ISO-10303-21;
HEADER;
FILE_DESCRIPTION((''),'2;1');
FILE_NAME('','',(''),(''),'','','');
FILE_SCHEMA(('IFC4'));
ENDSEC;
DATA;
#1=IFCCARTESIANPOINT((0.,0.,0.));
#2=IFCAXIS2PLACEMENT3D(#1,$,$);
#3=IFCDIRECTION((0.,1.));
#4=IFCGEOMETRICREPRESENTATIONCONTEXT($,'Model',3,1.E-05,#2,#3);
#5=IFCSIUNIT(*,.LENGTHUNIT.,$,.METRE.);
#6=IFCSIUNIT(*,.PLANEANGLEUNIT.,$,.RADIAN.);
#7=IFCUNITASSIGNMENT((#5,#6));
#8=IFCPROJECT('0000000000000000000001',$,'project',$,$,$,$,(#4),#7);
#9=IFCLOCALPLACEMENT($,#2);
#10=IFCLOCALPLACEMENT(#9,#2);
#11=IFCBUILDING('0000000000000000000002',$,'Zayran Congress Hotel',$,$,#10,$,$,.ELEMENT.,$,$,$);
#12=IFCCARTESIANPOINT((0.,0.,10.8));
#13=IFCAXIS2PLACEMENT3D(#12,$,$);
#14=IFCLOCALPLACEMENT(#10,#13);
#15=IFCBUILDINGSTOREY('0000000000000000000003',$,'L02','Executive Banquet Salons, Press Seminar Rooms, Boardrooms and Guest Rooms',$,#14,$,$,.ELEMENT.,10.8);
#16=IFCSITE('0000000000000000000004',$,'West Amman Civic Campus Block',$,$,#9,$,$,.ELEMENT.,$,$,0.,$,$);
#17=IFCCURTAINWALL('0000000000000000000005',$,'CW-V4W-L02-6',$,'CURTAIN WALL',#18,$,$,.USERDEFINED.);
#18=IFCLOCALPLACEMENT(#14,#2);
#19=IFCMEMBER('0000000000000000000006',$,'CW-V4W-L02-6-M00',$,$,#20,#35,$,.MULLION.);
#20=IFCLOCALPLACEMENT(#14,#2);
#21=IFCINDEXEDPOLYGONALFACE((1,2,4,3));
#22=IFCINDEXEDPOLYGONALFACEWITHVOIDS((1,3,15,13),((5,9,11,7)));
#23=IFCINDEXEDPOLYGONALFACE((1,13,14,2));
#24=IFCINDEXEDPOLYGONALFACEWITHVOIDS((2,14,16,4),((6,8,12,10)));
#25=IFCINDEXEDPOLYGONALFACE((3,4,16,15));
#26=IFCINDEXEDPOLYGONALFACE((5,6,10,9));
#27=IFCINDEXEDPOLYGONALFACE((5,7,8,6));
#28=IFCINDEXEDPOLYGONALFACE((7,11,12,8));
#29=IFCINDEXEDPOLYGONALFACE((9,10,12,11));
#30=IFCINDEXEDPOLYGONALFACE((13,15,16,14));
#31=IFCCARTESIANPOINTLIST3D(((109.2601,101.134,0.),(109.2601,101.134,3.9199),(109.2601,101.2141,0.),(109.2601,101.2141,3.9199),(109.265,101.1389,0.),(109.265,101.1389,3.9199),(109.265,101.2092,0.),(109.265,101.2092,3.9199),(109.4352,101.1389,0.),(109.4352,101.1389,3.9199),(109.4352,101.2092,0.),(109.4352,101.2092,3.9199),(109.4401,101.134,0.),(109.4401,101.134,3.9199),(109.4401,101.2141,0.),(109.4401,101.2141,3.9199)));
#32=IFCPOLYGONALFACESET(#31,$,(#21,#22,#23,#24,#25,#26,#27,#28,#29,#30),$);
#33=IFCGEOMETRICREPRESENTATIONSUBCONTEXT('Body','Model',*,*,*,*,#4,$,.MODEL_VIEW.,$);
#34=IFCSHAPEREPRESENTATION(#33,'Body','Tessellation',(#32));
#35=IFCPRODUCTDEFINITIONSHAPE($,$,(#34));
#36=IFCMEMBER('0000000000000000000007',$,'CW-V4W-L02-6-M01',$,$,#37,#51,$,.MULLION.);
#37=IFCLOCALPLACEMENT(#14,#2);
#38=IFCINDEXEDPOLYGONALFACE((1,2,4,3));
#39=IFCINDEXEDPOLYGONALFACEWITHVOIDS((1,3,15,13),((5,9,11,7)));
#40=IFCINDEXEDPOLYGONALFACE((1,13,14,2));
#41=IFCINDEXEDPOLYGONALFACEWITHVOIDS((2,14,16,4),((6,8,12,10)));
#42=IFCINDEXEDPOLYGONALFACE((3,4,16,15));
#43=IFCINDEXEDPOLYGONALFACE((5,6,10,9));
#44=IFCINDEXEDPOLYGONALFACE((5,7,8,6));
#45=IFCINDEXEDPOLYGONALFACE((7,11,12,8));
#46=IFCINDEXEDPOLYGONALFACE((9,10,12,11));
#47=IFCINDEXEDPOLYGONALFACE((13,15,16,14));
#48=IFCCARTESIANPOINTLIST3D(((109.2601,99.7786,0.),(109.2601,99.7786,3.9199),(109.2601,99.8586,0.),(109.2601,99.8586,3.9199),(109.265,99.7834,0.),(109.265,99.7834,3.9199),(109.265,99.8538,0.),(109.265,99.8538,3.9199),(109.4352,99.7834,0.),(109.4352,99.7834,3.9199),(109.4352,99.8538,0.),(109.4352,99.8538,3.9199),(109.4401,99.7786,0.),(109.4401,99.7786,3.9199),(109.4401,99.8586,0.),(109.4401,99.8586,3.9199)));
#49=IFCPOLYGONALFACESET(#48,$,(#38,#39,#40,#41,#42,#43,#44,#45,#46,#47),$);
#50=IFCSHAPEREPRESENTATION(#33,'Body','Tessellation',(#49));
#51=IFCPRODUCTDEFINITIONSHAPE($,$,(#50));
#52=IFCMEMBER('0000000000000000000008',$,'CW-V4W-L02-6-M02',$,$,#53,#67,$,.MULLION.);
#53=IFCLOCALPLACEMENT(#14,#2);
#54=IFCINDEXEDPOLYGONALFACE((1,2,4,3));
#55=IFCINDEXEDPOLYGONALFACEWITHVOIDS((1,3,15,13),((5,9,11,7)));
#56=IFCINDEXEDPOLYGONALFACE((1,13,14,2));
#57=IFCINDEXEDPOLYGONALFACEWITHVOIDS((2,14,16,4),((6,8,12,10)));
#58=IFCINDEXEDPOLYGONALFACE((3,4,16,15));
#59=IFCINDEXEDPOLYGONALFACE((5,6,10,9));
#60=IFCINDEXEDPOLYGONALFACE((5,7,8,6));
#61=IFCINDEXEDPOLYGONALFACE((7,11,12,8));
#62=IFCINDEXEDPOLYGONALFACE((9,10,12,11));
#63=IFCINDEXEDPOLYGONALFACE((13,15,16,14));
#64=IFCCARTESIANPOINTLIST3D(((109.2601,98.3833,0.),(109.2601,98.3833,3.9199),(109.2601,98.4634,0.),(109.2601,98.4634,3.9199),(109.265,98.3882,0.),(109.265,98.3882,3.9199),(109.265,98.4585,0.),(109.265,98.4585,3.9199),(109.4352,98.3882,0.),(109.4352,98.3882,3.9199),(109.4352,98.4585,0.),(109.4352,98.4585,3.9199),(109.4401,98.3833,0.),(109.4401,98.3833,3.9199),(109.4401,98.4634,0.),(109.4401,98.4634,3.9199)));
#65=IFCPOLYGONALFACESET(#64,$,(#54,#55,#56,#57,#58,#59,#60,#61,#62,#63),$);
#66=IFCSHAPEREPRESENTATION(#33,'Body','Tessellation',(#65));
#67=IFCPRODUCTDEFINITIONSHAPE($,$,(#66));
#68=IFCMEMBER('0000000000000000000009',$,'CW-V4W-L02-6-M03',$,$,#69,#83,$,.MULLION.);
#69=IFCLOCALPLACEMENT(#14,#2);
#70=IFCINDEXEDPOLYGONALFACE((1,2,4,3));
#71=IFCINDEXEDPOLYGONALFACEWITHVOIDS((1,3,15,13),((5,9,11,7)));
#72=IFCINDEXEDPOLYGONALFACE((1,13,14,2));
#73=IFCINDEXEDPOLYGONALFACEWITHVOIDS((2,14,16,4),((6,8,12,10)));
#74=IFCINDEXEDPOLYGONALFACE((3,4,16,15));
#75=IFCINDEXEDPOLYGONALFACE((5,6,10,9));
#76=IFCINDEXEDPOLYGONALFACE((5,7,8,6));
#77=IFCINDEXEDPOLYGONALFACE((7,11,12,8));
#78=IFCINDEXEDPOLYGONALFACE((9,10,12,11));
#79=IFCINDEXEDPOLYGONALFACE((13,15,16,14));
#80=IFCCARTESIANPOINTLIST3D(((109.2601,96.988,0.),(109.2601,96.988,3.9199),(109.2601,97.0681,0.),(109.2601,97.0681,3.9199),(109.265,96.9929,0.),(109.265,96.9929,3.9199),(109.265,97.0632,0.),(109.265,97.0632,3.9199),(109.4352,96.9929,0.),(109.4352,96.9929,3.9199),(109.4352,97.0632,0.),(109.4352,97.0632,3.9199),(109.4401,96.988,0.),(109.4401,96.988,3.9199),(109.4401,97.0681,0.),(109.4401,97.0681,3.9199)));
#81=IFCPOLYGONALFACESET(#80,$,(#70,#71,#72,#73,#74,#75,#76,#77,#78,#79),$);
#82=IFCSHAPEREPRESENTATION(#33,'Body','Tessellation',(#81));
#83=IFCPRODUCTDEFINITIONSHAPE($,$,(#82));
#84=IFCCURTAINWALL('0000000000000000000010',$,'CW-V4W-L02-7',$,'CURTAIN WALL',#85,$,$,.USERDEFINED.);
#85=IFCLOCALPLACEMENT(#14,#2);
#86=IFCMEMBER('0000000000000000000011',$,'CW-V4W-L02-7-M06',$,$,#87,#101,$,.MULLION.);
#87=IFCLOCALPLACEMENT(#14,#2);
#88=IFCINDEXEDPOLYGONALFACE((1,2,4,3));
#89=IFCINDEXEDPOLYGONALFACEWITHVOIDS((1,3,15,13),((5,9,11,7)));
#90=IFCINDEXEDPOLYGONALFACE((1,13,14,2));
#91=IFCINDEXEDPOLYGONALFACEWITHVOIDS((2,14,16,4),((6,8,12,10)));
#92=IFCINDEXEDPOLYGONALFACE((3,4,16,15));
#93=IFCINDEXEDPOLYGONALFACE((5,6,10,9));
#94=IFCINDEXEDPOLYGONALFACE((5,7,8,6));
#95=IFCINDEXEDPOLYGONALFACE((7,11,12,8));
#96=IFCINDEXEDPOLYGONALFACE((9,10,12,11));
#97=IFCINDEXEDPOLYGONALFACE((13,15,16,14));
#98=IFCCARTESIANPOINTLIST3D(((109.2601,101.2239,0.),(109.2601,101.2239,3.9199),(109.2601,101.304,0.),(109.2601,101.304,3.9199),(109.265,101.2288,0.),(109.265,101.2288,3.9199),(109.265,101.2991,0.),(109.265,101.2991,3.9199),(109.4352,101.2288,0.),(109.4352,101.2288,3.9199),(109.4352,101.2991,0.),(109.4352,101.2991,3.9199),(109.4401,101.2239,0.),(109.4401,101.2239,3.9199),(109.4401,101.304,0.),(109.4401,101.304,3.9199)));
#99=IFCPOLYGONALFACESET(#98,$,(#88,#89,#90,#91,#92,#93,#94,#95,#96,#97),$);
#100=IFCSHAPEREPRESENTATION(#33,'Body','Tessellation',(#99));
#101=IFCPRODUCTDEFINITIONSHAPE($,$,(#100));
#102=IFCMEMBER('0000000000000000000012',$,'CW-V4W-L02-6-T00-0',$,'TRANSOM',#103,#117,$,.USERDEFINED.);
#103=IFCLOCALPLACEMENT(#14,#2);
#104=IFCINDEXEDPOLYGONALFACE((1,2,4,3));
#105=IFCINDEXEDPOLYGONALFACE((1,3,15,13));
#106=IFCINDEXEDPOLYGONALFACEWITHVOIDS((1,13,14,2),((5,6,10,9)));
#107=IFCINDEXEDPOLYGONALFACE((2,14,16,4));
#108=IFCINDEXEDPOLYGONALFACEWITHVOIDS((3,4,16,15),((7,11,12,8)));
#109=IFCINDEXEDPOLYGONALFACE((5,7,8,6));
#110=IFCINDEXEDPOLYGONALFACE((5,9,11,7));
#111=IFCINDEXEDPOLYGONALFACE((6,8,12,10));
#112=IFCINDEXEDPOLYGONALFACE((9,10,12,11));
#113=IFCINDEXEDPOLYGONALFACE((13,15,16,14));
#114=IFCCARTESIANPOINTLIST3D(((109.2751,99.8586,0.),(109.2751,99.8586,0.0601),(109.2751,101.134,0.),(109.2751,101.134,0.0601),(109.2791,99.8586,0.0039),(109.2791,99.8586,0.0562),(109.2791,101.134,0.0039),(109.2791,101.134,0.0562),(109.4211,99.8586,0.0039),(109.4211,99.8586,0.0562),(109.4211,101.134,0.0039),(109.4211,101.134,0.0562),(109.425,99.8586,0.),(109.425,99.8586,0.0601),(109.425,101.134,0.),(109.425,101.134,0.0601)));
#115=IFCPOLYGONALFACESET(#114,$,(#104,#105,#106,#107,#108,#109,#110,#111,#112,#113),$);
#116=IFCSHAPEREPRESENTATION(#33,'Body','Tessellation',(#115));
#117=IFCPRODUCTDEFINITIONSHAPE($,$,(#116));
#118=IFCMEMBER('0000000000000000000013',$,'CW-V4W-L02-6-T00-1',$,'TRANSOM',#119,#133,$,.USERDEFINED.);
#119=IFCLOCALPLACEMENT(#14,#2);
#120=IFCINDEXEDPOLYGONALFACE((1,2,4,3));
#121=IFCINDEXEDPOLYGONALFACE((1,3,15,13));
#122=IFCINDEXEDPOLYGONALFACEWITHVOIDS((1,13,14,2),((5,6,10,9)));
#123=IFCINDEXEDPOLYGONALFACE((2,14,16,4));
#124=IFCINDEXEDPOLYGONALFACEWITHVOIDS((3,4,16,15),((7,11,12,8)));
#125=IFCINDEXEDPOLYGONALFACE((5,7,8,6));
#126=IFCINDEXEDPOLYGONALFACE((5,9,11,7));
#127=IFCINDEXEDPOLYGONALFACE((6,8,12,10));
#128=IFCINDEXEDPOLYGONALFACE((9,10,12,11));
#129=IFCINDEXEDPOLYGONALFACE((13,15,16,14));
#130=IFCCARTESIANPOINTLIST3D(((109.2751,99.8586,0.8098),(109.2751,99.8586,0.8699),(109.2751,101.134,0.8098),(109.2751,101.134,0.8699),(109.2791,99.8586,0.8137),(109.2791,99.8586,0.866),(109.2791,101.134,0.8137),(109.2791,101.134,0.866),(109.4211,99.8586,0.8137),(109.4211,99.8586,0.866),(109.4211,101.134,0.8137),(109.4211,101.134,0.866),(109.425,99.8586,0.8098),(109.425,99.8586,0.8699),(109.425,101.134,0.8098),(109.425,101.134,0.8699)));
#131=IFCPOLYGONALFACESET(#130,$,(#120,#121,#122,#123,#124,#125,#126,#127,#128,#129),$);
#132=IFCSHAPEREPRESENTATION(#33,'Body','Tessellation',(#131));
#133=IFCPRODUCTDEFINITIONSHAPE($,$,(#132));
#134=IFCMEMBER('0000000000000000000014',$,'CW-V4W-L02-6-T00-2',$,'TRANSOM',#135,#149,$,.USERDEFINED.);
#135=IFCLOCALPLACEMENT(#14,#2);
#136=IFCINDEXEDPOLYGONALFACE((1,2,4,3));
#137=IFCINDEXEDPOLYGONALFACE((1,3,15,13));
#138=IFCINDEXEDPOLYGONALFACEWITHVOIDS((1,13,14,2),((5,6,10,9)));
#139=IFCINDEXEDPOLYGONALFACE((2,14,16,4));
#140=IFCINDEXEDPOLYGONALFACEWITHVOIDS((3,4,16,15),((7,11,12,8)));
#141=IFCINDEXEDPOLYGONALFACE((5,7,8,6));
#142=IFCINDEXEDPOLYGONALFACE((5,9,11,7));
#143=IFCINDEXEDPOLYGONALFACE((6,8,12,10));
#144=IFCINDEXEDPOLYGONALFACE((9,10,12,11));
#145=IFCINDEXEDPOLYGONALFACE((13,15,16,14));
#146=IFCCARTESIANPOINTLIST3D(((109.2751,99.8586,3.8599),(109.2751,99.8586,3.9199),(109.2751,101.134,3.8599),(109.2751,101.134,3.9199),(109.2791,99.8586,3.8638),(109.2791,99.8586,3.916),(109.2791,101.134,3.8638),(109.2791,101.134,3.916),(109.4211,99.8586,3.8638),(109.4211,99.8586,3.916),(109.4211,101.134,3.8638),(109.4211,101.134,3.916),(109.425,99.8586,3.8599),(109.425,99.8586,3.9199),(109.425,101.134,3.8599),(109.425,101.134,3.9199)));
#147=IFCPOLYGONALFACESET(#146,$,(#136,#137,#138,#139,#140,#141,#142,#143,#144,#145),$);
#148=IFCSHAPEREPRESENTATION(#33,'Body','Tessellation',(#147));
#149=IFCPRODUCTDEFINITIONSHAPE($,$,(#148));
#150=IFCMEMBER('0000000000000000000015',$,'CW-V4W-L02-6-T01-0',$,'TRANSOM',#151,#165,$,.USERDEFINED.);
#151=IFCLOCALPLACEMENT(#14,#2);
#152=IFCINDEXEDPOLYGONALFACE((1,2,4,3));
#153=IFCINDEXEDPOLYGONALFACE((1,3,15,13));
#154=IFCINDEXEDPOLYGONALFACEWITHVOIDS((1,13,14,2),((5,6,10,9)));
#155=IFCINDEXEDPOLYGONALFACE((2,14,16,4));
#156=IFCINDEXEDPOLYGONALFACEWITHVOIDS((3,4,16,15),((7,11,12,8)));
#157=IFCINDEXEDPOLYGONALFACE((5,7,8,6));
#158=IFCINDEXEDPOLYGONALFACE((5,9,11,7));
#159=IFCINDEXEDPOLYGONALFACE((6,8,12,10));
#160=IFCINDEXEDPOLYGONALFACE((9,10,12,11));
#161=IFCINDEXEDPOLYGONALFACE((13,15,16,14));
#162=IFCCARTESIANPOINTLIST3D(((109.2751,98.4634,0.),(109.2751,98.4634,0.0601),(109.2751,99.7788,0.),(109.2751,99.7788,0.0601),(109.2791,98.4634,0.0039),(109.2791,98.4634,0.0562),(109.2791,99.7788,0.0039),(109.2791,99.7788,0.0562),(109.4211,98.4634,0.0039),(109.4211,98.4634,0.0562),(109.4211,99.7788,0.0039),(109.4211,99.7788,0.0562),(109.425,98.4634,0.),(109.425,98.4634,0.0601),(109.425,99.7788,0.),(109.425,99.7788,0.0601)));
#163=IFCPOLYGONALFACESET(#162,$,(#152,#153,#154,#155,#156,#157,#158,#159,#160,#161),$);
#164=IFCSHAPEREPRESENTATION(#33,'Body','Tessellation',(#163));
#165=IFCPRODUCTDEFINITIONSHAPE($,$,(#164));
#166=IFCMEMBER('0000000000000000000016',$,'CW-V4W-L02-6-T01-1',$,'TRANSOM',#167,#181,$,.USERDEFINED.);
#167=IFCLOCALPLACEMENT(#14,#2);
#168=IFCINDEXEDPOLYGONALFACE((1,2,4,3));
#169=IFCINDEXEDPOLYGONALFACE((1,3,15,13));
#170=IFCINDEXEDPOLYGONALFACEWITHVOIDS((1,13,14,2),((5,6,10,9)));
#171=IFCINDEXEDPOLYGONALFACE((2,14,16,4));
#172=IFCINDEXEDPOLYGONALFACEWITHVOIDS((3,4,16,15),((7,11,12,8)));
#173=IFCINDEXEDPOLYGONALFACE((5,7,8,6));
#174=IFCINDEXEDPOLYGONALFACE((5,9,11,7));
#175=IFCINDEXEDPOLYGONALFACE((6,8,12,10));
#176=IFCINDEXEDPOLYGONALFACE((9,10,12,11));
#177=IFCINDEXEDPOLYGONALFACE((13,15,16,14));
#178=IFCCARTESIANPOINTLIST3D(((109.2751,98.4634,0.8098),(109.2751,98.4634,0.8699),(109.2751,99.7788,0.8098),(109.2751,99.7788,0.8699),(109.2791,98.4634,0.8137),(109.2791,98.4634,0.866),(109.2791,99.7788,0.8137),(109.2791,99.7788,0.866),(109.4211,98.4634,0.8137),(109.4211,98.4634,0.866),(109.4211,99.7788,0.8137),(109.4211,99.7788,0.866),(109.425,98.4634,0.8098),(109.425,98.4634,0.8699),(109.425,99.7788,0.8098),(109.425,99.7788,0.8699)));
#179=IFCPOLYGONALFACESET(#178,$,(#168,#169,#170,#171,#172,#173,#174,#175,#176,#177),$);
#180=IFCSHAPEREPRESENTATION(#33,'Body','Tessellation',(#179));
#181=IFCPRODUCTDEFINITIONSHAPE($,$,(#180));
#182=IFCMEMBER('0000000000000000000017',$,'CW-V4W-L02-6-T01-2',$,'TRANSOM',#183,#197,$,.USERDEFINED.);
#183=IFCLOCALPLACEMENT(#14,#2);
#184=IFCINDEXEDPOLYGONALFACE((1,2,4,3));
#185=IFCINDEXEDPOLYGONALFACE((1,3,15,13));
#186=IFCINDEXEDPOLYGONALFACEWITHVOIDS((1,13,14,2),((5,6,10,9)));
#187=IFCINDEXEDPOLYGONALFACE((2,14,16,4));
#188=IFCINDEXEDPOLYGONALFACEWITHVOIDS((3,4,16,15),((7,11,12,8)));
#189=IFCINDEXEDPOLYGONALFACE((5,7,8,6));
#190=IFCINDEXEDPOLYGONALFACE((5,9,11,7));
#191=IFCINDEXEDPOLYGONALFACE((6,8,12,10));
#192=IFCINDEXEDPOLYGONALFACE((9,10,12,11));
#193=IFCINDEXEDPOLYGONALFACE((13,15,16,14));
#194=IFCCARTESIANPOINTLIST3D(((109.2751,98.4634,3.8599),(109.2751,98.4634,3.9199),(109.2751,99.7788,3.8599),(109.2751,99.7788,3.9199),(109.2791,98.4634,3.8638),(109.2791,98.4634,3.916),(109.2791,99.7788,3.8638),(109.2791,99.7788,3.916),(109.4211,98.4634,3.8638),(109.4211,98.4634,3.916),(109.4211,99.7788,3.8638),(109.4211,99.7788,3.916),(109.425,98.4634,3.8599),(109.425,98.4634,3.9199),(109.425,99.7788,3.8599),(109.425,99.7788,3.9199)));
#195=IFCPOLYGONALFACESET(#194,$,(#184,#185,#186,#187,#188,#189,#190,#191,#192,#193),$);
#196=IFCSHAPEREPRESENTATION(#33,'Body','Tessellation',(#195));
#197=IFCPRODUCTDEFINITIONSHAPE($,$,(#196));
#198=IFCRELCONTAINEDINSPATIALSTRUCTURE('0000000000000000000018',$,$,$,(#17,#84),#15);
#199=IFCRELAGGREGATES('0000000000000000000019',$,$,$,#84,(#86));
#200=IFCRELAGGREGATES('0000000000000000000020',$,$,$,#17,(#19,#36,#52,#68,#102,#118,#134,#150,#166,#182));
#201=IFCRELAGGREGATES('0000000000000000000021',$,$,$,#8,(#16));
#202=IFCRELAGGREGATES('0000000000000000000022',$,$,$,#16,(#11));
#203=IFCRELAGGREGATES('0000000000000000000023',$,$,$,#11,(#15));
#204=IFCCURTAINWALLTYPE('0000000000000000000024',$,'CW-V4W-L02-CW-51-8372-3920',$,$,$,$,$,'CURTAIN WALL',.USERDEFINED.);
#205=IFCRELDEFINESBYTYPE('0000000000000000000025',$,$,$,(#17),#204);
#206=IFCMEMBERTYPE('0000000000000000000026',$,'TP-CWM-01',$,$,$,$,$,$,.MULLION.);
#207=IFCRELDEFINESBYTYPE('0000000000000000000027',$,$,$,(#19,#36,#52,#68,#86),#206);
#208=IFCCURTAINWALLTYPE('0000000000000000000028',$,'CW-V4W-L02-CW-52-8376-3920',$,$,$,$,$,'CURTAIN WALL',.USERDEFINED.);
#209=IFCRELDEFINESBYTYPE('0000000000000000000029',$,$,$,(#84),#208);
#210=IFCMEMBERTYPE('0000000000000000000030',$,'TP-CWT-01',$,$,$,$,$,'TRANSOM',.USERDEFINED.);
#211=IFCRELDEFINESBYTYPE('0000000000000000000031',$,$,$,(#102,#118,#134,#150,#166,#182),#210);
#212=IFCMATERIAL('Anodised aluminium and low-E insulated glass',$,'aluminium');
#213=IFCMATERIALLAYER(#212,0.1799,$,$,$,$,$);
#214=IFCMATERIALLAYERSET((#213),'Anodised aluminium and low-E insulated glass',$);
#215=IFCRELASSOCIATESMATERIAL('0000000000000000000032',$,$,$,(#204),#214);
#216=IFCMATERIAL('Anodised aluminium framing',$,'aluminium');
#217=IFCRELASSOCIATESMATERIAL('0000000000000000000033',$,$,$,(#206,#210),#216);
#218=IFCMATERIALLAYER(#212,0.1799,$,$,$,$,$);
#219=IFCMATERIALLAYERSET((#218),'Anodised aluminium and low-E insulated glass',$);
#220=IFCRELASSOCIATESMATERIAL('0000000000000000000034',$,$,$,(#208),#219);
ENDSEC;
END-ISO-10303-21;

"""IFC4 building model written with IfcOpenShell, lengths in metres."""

from ifc_helpers import new_model, si_unit, direction, frame, origin, origin_2d, place, context, subcontext, project, spatial, hollow_rectangle, extrude, material, layer, layer_set, material_profile, profile_set, type_object, element, aggregate, save


model = new_model("IFC4")

# Units and contexts
model_context = context("Model", 3, precision=1e-05, world=origin(), true_north=direction((0.0, 1.0)))
body_context = subcontext(model_context, "Body", "Model", "MODEL_VIEW")
ifc_project = project(units=[si_unit("LENGTHUNIT", "METRE"), si_unit("PLANEANGLEUNIT", "RADIAN")], contexts=[model_context])

# Site, building, storey
site_placement = place(None, origin())
site = spatial("IfcSite", under=ifc_project, at=site_placement, Name="West Amman Civic Campus Block", CompositionType="ELEMENT", RefElevation=0.0)
building_placement = place(site_placement, origin())
building = spatial("IfcBuilding", under=site, at=building_placement, Name="Zayran Congress Hotel", CompositionType="ELEMENT")
storey_placement = place(building_placement, frame((0.0, 0.0, 10.8)))
storey = spatial("IfcBuildingStorey", under=building, at=storey_placement, Name="L02", Description="Executive Banquet Salons, Press Seminar Rooms, Boardrooms and Guest Rooms", CompositionType="ELEMENT", Elevation=10.8)

# Curtain wall, members
ifc_material_1 = material(Name="Anodised aluminium and low-E insulated glass", Category="aluminium")
ifc_layer_1 = layer(ifc_material_1, 0.1799)
ifc_layer_set_1 = layer_set([ifc_layer_1], Name="Anodised aluminium and low-E insulated glass")
curtain_wall_type_1 = type_object("IfcCurtainWallType", Name="CW-V4W-L02-CW-51-8372-3920", ElementType="CURTAIN WALL", PredefinedType="USERDEFINED", material=ifc_layer_set_1)
curtain_wall_1_placement = place(storey_placement, origin())
curtain_wall_1 = element("IfcCurtainWall", 1, at=curtain_wall_1_placement, inside=storey, type_object=curtain_wall_type_1, Name="CW-V4W-L02-6", ObjectType="CURTAIN WALL", PredefinedType="USERDEFINED")
ifc_material_2 = material(Name="Anodised aluminium framing", Category="aluminium")
ifc_material_profile_1 = material_profile(ifc_material_2, hollow_rectangle(XDim=0.0801, YDim=0.1799, WallThickness=0.0049, at=origin_2d()), Name="RHS 180x80x5")
ifc_profile_set_1 = profile_set([ifc_material_profile_1], Name="Anodised aluminium framing")
member_type_1 = type_object("IfcMemberType", Name="TP-CWM-01", PredefinedType="MULLION", material=ifc_profile_set_1)
member_1_placement = place(storey_placement, frame((109.3501, 101.1741, 0.0), z_axis=(0.0, 0.0, 1.0), x_axis=(0.0, 1.0, 0.0)))
member_1 = element("IfcMember", 2, at=member_1_placement, type_object=member_type_1, Name="CW-V4W-L02-6-M00", PredefinedType="MULLION", context=body_context, shape_type="SweptSolid", body=[
    extrude(hollow_rectangle(XDim=0.0801, YDim=0.1799, WallThickness=0.0049, at=origin_2d()), origin(), (0.0, 0.0, 1.0), 3.9199),
])
member_2_placement = place(storey_placement, frame((109.3501, 99.8186, 0.0), z_axis=(0.0, 0.0, 1.0), x_axis=(0.0, 1.0, 0.0)))
member_2 = element("IfcMember", 3, at=member_2_placement, type_object=member_type_1, Name="CW-V4W-L02-6-M01", PredefinedType="MULLION", context=body_context, shape_type="SweptSolid", body=[
    extrude(hollow_rectangle(XDim=0.0801, YDim=0.1799, WallThickness=0.0049, at=origin_2d()), origin(), (0.0, 0.0, 1.0), 3.9199),
])
member_3_placement = place(storey_placement, frame((109.3501, 98.4233, 0.0), z_axis=(0.0, 0.0, 1.0), x_axis=(0.0, 1.0, 0.0)))
member_3 = element("IfcMember", 4, at=member_3_placement, type_object=member_type_1, Name="CW-V4W-L02-6-M02", PredefinedType="MULLION", context=body_context, shape_type="SweptSolid", body=[
    extrude(hollow_rectangle(XDim=0.0801, YDim=0.1799, WallThickness=0.0049, at=origin_2d()), origin(), (0.0, 0.0, 1.0), 3.9199),
])
member_4_placement = place(storey_placement, frame((109.3501, 97.0281, 0.0), z_axis=(0.0, 0.0, 1.0), x_axis=(0.0, 1.0, 0.0)))
member_4 = element("IfcMember", 5, at=member_4_placement, type_object=member_type_1, Name="CW-V4W-L02-6-M03", PredefinedType="MULLION", context=body_context, shape_type="SweptSolid", body=[
    extrude(hollow_rectangle(XDim=0.0801, YDim=0.1799, WallThickness=0.0049, at=origin_2d()), origin(), (0.0, 0.0, 1.0), 3.9199),
])

# Curtain wall, member
ifc_layer_2 = layer(ifc_material_1, 0.1799)
ifc_layer_set_2 = layer_set([ifc_layer_2], Name="Anodised aluminium and low-E insulated glass")
curtain_wall_type_2 = type_object("IfcCurtainWallType", Name="CW-V4W-L02-CW-52-8376-3920", ElementType="CURTAIN WALL", PredefinedType="USERDEFINED", material=ifc_layer_set_2)
curtain_wall_2_placement = place(storey_placement, origin())
curtain_wall_2 = element("IfcCurtainWall", 6, at=curtain_wall_2_placement, inside=storey, type_object=curtain_wall_type_2, Name="CW-V4W-L02-7", ObjectType="CURTAIN WALL", PredefinedType="USERDEFINED")
member_5_placement = place(storey_placement, frame((109.3501, 101.2639, 0.0), z_axis=(0.0, 0.0, 1.0), x_axis=(0.0, 1.0, 0.0)))
member_5 = element("IfcMember", 7, at=member_5_placement, type_object=member_type_1, Name="CW-V4W-L02-7-M06", PredefinedType="MULLION", context=body_context, shape_type="SweptSolid", body=[
    extrude(hollow_rectangle(XDim=0.0801, YDim=0.1799, WallThickness=0.0049, at=origin_2d()), origin(), (0.0, 0.0, 1.0), 3.9199),
])

# Members
ifc_material_profile_2 = material_profile(ifc_material_2, hollow_rectangle(XDim=0.0601, YDim=0.1499, WallThickness=0.0039, at=origin_2d()), Name="RHS 150x60x4")
ifc_profile_set_2 = profile_set([ifc_material_profile_2], Name="Anodised aluminium framing")
member_type_2 = type_object("IfcMemberType", Name="TP-CWT-01", ElementType="TRANSOM", PredefinedType="USERDEFINED", material=ifc_profile_set_2)
member_6_placement = place(storey_placement, frame((109.3501, 101.134, 0.03), z_axis=(0.0, -1.0, 0.0), x_axis=(0.0, 0.0, 1.0)))
member_6 = element("IfcMember", 8, at=member_6_placement, type_object=member_type_2, Name="CW-V4W-L02-6-T00-0", ObjectType="TRANSOM", PredefinedType="USERDEFINED", context=body_context, shape_type="SweptSolid", body=[
    extrude(hollow_rectangle(XDim=0.0601, YDim=0.1499, WallThickness=0.0039, at=origin_2d()), origin(), (0.0, 0.0, 1.0), 1.2754),
])
member_7_placement = place(storey_placement, frame((109.3501, 101.134, 0.8398), z_axis=(0.0, -1.0, 0.0), x_axis=(0.0, 0.0, 1.0)))
member_7 = element("IfcMember", 9, at=member_7_placement, type_object=member_type_2, Name="CW-V4W-L02-6-T00-1", ObjectType="TRANSOM", PredefinedType="USERDEFINED", context=body_context, shape_type="SweptSolid", body=[
    extrude(hollow_rectangle(XDim=0.0601, YDim=0.1499, WallThickness=0.0039, at=origin_2d()), origin(), (0.0, 0.0, 1.0), 1.2754),
])
member_8_placement = place(storey_placement, frame((109.3501, 101.134, 3.8899), z_axis=(0.0, -1.0, 0.0), x_axis=(0.0, 0.0, 1.0)))
member_8 = element("IfcMember", 10, at=member_8_placement, type_object=member_type_2, Name="CW-V4W-L02-6-T00-2", ObjectType="TRANSOM", PredefinedType="USERDEFINED", context=body_context, shape_type="SweptSolid", body=[
    extrude(hollow_rectangle(XDim=0.0601, YDim=0.1499, WallThickness=0.0039, at=origin_2d()), origin(), (0.0, 0.0, 1.0), 1.2754),
])
member_9_placement = place(storey_placement, frame((109.3501, 99.7788, 0.03), z_axis=(0.0, -1.0, 0.0), x_axis=(0.0, 0.0, 1.0)))
member_9 = element("IfcMember", 11, at=member_9_placement, type_object=member_type_2, Name="CW-V4W-L02-6-T01-0", ObjectType="TRANSOM", PredefinedType="USERDEFINED", context=body_context, shape_type="SweptSolid", body=[
    extrude(hollow_rectangle(XDim=0.0601, YDim=0.1499, WallThickness=0.0039, at=origin_2d()), origin(), (0.0, 0.0, 1.0), 1.3154),
])
member_10_placement = place(storey_placement, frame((109.3501, 99.7788, 0.8398), z_axis=(0.0, -1.0, 0.0), x_axis=(0.0, 0.0, 1.0)))
member_10 = element("IfcMember", 12, at=member_10_placement, type_object=member_type_2, Name="CW-V4W-L02-6-T01-1", ObjectType="TRANSOM", PredefinedType="USERDEFINED", context=body_context, shape_type="SweptSolid", body=[
    extrude(hollow_rectangle(XDim=0.0601, YDim=0.1499, WallThickness=0.0039, at=origin_2d()), origin(), (0.0, 0.0, 1.0), 1.3154),
])
member_11_placement = place(storey_placement, frame((109.3501, 99.7788, 3.8899), z_axis=(0.0, -1.0, 0.0), x_axis=(0.0, 0.0, 1.0)))
member_11 = element("IfcMember", 13, at=member_11_placement, type_object=member_type_2, Name="CW-V4W-L02-6-T01-2", ObjectType="TRANSOM", PredefinedType="USERDEFINED", context=body_context, shape_type="SweptSolid", body=[
    extrude(hollow_rectangle(XDim=0.0601, YDim=0.1499, WallThickness=0.0039, at=origin_2d()), origin(), (0.0, 0.0, 1.0), 1.3154),
])

aggregate(curtain_wall_2, [member_5])
aggregate(curtain_wall_1, [member_1, member_2, member_3, member_4, member_6, member_7, member_8, member_9, member_10, member_11])

save(model, "model.ifc")
